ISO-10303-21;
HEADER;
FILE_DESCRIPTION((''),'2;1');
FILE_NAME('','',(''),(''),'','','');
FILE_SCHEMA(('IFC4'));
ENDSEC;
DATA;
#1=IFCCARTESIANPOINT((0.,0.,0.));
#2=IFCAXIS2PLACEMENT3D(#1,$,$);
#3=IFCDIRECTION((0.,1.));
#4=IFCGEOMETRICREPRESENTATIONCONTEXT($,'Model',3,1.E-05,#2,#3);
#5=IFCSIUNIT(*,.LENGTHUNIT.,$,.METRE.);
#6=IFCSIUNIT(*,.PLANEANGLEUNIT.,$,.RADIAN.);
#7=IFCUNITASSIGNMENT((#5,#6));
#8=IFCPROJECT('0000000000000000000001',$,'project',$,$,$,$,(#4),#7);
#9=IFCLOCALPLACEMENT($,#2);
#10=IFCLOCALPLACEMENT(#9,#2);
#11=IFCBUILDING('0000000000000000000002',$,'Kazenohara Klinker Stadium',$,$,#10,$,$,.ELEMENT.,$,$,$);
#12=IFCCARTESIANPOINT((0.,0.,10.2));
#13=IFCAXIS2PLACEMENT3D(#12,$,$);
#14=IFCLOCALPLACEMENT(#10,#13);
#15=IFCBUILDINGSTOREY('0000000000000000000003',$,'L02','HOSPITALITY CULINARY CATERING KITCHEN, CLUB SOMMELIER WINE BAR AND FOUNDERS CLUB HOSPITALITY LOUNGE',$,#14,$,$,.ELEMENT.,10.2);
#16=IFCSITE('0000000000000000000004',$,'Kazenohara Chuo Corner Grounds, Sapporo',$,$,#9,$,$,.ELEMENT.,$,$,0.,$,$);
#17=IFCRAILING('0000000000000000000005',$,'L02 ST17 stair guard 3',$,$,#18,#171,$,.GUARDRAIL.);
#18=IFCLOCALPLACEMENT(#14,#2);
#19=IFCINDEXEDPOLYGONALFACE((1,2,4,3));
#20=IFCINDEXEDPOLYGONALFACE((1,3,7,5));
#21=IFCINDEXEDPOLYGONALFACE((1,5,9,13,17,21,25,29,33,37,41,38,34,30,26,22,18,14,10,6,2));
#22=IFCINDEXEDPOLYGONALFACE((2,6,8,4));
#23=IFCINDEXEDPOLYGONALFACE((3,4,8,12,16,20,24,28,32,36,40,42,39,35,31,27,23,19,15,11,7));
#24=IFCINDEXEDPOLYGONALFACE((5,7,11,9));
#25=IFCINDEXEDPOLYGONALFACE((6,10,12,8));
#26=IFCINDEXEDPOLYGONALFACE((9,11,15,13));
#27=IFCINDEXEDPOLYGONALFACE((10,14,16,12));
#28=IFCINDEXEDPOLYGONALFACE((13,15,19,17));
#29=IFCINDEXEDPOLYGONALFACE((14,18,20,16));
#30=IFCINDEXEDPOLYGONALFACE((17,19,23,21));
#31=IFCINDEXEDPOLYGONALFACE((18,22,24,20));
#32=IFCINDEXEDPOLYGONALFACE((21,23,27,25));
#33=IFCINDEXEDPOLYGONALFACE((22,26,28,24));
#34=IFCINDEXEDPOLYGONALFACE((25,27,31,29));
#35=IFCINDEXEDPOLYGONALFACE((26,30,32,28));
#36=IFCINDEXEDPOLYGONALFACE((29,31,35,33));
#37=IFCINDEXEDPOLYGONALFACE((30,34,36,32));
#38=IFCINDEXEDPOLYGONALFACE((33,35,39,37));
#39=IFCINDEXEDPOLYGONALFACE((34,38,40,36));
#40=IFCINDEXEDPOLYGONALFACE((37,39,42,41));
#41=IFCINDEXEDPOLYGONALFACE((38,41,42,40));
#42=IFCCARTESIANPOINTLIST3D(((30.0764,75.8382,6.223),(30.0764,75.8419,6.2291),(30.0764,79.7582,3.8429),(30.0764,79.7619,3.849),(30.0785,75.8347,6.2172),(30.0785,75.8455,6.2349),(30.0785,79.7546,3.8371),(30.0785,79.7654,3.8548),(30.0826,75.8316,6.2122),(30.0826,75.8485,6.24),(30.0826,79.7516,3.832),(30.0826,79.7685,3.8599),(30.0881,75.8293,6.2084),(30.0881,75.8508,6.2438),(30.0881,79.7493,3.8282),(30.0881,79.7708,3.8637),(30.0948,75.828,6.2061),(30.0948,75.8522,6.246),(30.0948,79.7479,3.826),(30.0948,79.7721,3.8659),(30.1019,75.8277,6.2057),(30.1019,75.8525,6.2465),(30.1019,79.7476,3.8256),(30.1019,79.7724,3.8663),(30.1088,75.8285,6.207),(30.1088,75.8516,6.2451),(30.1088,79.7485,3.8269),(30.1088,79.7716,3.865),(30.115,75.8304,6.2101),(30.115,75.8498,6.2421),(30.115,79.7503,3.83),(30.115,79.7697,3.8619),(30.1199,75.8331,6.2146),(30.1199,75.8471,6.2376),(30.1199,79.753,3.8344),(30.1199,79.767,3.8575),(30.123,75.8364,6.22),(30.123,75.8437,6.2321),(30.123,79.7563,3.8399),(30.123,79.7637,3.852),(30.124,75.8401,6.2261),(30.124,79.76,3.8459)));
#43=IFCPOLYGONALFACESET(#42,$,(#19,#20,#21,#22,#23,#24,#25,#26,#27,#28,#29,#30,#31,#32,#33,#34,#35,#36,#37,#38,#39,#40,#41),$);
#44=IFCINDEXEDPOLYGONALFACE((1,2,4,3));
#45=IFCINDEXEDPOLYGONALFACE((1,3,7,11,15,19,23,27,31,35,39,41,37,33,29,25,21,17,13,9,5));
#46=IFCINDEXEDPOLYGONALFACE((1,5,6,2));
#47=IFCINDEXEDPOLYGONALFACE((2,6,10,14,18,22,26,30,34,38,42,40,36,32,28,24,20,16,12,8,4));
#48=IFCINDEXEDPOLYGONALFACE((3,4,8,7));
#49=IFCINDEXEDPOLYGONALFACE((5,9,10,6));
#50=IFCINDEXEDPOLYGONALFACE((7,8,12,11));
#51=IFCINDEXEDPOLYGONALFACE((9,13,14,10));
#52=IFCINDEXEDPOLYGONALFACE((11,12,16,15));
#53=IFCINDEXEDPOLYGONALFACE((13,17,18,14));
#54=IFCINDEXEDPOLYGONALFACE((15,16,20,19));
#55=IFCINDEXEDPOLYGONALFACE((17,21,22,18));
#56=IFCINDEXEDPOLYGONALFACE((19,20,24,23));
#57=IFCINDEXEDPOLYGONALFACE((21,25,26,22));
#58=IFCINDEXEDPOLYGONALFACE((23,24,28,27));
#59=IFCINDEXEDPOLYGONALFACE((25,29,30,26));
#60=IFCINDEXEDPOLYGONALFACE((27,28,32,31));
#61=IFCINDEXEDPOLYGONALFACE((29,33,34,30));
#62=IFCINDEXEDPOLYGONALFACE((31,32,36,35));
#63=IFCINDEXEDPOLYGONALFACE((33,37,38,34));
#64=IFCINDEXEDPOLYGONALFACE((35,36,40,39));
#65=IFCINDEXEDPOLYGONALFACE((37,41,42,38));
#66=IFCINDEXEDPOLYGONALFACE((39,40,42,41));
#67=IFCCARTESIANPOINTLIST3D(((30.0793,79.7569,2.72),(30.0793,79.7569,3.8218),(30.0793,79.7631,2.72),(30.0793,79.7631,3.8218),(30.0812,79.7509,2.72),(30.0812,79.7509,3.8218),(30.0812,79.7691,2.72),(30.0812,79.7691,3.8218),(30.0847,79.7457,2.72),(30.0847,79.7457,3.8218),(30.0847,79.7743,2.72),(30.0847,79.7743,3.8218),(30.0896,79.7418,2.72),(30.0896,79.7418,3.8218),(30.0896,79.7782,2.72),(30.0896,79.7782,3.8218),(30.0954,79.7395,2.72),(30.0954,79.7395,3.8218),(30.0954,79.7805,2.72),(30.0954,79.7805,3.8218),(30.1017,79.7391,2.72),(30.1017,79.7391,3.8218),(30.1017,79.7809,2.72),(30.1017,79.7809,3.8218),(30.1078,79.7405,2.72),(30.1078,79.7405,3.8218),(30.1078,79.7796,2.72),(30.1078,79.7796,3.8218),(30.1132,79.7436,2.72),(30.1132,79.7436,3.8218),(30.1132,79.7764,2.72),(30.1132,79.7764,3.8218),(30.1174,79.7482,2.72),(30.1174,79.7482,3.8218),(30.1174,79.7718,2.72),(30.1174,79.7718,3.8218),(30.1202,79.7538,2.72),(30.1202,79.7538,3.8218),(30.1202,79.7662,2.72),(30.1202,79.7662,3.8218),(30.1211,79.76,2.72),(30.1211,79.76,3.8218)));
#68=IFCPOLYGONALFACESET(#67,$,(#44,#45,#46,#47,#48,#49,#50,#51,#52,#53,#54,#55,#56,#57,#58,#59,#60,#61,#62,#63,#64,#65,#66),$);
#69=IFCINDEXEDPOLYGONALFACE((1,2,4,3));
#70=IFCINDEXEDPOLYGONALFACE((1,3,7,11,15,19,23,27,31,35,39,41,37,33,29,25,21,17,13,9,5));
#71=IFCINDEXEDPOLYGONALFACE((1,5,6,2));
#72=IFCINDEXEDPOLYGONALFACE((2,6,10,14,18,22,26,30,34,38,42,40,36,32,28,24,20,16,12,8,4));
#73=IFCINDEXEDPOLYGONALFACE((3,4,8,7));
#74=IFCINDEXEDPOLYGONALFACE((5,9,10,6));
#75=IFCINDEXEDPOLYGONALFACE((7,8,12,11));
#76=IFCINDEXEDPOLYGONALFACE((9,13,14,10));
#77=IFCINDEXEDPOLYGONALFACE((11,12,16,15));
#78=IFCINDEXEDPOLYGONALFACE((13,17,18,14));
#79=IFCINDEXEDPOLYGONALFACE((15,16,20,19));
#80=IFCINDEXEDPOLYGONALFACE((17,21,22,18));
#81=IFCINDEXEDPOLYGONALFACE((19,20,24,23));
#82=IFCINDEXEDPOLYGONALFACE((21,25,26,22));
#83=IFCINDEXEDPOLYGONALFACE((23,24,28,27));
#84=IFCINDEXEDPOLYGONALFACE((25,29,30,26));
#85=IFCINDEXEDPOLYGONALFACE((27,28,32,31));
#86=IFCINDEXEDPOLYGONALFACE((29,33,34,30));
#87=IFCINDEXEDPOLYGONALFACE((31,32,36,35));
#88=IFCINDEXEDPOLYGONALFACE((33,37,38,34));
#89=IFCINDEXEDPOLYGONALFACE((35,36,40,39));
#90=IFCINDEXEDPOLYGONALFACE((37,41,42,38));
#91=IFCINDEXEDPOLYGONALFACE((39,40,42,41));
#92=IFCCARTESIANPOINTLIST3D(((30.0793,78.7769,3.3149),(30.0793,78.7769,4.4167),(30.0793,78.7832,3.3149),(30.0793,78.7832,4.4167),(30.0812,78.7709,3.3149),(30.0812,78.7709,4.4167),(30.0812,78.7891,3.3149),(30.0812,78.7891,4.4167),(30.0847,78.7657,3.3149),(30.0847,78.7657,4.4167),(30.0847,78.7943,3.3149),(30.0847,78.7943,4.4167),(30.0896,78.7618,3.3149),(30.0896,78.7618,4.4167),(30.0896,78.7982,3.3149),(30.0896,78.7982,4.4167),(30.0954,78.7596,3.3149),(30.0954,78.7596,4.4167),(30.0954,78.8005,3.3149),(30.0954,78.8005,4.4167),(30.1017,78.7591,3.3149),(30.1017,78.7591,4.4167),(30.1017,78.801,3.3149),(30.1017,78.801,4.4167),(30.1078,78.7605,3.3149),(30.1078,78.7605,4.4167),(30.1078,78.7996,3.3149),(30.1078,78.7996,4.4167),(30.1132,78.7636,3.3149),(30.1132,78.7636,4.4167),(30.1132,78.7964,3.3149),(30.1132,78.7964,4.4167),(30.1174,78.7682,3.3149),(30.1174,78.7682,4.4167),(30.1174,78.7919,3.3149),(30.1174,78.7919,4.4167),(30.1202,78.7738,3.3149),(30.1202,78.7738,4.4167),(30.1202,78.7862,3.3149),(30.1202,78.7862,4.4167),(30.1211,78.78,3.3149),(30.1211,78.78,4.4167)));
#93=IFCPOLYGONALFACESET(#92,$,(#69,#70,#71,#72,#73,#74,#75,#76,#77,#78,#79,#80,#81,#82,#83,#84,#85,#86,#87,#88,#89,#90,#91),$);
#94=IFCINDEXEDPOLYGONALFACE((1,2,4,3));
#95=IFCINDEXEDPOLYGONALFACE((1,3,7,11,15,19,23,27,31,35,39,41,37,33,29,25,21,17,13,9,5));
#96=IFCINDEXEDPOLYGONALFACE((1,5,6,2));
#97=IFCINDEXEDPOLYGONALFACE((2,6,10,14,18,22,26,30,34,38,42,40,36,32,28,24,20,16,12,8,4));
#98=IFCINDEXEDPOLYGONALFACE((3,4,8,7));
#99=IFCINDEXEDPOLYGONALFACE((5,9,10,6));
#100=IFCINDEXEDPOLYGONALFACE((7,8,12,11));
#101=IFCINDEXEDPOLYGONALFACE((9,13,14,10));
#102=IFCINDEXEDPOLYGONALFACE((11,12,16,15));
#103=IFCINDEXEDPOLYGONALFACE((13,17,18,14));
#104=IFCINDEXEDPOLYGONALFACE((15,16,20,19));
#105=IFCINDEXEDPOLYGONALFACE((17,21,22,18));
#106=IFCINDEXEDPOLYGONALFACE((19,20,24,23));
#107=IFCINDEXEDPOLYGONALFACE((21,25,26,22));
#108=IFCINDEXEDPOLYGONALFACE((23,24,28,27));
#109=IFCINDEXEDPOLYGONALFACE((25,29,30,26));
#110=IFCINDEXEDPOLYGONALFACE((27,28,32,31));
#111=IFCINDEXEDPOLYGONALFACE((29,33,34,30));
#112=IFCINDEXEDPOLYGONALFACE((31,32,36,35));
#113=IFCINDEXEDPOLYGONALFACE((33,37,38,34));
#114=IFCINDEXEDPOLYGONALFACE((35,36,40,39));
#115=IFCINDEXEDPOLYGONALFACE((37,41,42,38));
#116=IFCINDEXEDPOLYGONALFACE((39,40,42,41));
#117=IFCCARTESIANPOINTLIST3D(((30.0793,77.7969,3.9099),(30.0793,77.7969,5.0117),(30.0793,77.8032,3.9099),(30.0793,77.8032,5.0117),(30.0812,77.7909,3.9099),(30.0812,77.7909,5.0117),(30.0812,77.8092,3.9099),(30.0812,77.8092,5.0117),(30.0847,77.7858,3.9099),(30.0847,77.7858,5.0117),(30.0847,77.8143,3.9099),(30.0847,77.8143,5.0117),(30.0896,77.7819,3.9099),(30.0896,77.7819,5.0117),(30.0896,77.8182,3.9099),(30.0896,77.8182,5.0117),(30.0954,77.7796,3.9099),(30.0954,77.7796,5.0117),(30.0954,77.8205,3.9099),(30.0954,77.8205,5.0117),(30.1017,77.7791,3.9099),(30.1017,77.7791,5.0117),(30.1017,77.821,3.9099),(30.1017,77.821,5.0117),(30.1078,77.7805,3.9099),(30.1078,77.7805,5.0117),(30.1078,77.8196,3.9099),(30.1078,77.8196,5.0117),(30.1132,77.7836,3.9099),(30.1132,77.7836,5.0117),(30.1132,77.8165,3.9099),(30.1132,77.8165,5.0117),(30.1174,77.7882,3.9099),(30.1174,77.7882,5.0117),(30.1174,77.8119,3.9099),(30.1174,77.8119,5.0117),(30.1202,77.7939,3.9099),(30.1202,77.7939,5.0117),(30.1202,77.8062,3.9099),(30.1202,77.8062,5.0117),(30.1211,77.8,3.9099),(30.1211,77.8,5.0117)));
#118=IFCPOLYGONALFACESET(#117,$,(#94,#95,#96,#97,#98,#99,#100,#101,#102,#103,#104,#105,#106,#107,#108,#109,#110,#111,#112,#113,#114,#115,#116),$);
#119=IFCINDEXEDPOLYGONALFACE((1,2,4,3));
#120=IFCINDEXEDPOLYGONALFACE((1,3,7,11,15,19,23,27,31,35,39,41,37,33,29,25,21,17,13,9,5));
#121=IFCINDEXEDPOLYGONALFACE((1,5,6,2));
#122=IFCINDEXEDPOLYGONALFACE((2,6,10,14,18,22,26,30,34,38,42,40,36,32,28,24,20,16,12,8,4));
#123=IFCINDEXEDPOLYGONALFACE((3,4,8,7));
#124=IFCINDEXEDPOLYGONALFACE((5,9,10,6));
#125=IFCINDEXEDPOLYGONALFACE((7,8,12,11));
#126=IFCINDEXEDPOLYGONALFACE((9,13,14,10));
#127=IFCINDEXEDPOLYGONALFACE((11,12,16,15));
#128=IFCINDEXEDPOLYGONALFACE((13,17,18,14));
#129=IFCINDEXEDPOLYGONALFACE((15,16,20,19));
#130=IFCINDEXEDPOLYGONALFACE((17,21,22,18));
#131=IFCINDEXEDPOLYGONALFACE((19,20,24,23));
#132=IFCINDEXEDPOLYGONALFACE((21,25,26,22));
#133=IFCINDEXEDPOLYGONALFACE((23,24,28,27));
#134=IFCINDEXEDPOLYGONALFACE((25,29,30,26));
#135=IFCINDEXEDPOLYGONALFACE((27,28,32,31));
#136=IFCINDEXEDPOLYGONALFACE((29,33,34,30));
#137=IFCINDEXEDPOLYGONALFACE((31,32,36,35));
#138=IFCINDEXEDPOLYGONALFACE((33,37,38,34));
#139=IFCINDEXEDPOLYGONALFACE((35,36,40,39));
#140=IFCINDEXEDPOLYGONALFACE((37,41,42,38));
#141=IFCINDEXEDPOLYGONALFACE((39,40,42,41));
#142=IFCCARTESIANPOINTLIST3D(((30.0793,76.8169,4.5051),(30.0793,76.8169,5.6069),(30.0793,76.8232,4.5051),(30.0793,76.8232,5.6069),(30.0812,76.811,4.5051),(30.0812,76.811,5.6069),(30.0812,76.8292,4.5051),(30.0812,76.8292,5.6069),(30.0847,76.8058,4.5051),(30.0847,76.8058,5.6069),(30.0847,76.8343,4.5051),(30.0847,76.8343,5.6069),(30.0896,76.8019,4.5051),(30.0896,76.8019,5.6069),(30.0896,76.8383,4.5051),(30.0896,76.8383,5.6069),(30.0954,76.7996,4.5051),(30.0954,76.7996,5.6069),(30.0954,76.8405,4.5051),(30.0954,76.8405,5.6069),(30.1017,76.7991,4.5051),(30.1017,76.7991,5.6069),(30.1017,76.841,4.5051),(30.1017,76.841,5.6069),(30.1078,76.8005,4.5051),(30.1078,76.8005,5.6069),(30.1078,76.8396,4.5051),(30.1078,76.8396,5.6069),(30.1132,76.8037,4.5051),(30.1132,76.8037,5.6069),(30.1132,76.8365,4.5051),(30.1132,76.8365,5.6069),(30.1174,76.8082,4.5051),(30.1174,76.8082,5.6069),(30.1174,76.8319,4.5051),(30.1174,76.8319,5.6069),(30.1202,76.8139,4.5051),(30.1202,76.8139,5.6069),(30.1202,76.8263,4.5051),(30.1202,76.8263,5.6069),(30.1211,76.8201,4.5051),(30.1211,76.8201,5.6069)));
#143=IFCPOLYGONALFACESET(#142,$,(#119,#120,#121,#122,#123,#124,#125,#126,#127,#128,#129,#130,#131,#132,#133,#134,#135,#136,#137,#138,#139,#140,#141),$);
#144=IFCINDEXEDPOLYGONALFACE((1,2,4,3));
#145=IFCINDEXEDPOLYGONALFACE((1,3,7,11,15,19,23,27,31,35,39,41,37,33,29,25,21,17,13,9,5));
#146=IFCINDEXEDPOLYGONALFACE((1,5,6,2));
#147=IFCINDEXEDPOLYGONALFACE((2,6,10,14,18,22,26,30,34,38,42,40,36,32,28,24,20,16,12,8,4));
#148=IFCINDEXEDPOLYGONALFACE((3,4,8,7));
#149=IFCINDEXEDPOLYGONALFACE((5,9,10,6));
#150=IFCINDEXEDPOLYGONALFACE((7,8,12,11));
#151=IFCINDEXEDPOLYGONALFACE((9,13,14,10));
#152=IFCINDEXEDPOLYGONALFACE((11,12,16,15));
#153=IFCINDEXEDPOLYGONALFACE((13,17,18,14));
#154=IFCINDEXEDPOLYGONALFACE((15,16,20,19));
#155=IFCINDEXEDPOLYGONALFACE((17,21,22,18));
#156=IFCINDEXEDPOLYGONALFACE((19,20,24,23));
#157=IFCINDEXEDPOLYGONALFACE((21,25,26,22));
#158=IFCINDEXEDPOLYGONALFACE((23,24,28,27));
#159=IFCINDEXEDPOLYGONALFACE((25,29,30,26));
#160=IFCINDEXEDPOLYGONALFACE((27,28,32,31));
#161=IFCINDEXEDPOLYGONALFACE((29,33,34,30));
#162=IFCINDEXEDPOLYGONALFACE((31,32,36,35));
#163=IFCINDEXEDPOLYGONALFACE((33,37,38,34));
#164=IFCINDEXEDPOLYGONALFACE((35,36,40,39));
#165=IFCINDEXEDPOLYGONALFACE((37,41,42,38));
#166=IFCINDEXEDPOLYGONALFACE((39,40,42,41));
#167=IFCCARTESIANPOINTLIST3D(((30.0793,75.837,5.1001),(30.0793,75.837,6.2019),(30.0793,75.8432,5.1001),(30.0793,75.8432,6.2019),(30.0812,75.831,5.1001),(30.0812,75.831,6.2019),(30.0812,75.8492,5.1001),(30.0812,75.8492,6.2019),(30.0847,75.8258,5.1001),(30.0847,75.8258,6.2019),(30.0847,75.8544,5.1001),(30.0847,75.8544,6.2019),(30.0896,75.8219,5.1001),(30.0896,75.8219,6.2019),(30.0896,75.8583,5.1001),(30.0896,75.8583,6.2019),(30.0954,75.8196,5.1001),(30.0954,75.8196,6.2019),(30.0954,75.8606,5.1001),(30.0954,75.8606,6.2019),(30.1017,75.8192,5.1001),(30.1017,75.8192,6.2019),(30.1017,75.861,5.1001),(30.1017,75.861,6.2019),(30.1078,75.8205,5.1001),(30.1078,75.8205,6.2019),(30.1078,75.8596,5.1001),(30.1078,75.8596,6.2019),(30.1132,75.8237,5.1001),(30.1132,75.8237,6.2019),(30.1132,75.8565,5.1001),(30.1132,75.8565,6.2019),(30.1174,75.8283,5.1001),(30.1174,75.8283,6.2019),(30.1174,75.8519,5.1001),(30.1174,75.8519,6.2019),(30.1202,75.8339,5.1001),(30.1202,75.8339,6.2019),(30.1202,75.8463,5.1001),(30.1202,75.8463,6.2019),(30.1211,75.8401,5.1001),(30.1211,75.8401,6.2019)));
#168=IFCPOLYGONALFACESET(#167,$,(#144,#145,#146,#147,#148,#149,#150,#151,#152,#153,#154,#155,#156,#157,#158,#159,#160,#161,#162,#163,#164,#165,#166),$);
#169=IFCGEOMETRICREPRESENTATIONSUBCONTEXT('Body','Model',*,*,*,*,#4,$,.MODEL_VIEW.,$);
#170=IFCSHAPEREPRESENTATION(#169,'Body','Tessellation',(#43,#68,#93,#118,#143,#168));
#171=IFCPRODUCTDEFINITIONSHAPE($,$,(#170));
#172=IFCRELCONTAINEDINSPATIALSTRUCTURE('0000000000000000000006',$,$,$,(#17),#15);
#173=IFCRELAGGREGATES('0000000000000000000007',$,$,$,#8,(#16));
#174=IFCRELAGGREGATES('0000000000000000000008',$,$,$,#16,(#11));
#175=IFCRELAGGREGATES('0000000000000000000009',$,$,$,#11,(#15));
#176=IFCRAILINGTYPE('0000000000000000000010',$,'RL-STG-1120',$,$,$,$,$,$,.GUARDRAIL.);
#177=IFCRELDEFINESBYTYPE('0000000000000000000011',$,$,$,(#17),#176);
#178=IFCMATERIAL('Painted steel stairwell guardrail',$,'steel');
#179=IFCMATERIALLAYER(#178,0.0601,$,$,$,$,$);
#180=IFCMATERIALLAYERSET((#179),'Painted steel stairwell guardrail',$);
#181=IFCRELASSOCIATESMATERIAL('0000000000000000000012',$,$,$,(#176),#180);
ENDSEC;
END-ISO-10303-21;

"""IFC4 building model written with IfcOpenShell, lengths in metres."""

from ifc_helpers import new_model, si_unit, direction, frame, origin, origin_2d, place, context, subcontext, project, spatial, circle, extrude, material, layer, layer_set, type_object, element, save


model = new_model("IFC4")

# Units and contexts
model_context = context("Model", 3, precision=1e-05, world=origin(), true_north=direction((0.0, 1.0)))
body_context = subcontext(model_context, "Body", "Model", "MODEL_VIEW")
ifc_project = project(units=[si_unit("LENGTHUNIT", "METRE"), si_unit("PLANEANGLEUNIT", "RADIAN")], contexts=[model_context])

# Site, building, storey
site_placement = place(None, origin())
site = spatial("IfcSite", under=ifc_project, at=site_placement, Name="Kazenohara Chuo Corner Grounds, Sapporo", CompositionType="ELEMENT", RefElevation=0.0)
building_placement = place(site_placement, origin())
building = spatial("IfcBuilding", under=site, at=building_placement, Name="Kazenohara Klinker Stadium", CompositionType="ELEMENT")
storey_placement = place(building_placement, frame((0.0, 0.0, 10.2)))
storey = spatial("IfcBuildingStorey", under=building, at=storey_placement, Name="L02", Description="HOSPITALITY CULINARY CATERING KITCHEN, CLUB SOMMELIER WINE BAR AND FOUNDERS CLUB HOSPITALITY LOUNGE", CompositionType="ELEMENT", Elevation=10.2)

# Railing
ifc_material_1 = material(Name="Painted steel stairwell guardrail", Category="steel")
ifc_layer_1 = layer(ifc_material_1, 0.0601)
ifc_layer_set_1 = layer_set([ifc_layer_1], Name="Painted steel stairwell guardrail")
railing_type_1 = type_object("IfcRailingType", Name="RL-STG-1120", PredefinedType="GUARDRAIL", material=ifc_layer_set_1)
railing_1_placement = place(storey_placement, frame((30.1001, 79.76, 2.72)))
element("IfcRailing", 1, at=railing_1_placement, inside=storey, type_object=railing_type_1, Name="L02 ST17 stair guard 3", PredefinedType="GUARDRAIL", context=body_context, shape_type="SweptSolid", body=[
    extrude(circle(Radius=0.0239, at=origin_2d()), frame((0.0, 0.0, 1.126), z_axis=(0.0, -0.854771, 0.519006), x_axis=(1.0, 0.0, 0.0)), (0.0, 0.0, 1.0), 4.5859),
    extrude(circle(Radius=0.021, at=origin_2d()), origin(), (0.0, 0.0, 1.0), 1.1018),
    extrude(circle(Radius=0.021, at=origin_2d()), frame((0.0, -0.98, 0.595)), (0.0, 0.0, 1.0), 1.1018),
    extrude(circle(Radius=0.021, at=origin_2d()), frame((0.0, -1.96, 1.1899)), (0.0, 0.0, 1.0), 1.1018),
    extrude(circle(Radius=0.021, at=origin_2d()), frame((0.0, -2.9399, 1.7852)), (0.0, 0.0, 1.0), 1.1018),
    extrude(circle(Radius=0.021, at=origin_2d()), frame((0.0, -3.9199, 2.3801)), (0.0, 0.0, 1.0), 1.1018),
])

save(model, "model.ifc")
